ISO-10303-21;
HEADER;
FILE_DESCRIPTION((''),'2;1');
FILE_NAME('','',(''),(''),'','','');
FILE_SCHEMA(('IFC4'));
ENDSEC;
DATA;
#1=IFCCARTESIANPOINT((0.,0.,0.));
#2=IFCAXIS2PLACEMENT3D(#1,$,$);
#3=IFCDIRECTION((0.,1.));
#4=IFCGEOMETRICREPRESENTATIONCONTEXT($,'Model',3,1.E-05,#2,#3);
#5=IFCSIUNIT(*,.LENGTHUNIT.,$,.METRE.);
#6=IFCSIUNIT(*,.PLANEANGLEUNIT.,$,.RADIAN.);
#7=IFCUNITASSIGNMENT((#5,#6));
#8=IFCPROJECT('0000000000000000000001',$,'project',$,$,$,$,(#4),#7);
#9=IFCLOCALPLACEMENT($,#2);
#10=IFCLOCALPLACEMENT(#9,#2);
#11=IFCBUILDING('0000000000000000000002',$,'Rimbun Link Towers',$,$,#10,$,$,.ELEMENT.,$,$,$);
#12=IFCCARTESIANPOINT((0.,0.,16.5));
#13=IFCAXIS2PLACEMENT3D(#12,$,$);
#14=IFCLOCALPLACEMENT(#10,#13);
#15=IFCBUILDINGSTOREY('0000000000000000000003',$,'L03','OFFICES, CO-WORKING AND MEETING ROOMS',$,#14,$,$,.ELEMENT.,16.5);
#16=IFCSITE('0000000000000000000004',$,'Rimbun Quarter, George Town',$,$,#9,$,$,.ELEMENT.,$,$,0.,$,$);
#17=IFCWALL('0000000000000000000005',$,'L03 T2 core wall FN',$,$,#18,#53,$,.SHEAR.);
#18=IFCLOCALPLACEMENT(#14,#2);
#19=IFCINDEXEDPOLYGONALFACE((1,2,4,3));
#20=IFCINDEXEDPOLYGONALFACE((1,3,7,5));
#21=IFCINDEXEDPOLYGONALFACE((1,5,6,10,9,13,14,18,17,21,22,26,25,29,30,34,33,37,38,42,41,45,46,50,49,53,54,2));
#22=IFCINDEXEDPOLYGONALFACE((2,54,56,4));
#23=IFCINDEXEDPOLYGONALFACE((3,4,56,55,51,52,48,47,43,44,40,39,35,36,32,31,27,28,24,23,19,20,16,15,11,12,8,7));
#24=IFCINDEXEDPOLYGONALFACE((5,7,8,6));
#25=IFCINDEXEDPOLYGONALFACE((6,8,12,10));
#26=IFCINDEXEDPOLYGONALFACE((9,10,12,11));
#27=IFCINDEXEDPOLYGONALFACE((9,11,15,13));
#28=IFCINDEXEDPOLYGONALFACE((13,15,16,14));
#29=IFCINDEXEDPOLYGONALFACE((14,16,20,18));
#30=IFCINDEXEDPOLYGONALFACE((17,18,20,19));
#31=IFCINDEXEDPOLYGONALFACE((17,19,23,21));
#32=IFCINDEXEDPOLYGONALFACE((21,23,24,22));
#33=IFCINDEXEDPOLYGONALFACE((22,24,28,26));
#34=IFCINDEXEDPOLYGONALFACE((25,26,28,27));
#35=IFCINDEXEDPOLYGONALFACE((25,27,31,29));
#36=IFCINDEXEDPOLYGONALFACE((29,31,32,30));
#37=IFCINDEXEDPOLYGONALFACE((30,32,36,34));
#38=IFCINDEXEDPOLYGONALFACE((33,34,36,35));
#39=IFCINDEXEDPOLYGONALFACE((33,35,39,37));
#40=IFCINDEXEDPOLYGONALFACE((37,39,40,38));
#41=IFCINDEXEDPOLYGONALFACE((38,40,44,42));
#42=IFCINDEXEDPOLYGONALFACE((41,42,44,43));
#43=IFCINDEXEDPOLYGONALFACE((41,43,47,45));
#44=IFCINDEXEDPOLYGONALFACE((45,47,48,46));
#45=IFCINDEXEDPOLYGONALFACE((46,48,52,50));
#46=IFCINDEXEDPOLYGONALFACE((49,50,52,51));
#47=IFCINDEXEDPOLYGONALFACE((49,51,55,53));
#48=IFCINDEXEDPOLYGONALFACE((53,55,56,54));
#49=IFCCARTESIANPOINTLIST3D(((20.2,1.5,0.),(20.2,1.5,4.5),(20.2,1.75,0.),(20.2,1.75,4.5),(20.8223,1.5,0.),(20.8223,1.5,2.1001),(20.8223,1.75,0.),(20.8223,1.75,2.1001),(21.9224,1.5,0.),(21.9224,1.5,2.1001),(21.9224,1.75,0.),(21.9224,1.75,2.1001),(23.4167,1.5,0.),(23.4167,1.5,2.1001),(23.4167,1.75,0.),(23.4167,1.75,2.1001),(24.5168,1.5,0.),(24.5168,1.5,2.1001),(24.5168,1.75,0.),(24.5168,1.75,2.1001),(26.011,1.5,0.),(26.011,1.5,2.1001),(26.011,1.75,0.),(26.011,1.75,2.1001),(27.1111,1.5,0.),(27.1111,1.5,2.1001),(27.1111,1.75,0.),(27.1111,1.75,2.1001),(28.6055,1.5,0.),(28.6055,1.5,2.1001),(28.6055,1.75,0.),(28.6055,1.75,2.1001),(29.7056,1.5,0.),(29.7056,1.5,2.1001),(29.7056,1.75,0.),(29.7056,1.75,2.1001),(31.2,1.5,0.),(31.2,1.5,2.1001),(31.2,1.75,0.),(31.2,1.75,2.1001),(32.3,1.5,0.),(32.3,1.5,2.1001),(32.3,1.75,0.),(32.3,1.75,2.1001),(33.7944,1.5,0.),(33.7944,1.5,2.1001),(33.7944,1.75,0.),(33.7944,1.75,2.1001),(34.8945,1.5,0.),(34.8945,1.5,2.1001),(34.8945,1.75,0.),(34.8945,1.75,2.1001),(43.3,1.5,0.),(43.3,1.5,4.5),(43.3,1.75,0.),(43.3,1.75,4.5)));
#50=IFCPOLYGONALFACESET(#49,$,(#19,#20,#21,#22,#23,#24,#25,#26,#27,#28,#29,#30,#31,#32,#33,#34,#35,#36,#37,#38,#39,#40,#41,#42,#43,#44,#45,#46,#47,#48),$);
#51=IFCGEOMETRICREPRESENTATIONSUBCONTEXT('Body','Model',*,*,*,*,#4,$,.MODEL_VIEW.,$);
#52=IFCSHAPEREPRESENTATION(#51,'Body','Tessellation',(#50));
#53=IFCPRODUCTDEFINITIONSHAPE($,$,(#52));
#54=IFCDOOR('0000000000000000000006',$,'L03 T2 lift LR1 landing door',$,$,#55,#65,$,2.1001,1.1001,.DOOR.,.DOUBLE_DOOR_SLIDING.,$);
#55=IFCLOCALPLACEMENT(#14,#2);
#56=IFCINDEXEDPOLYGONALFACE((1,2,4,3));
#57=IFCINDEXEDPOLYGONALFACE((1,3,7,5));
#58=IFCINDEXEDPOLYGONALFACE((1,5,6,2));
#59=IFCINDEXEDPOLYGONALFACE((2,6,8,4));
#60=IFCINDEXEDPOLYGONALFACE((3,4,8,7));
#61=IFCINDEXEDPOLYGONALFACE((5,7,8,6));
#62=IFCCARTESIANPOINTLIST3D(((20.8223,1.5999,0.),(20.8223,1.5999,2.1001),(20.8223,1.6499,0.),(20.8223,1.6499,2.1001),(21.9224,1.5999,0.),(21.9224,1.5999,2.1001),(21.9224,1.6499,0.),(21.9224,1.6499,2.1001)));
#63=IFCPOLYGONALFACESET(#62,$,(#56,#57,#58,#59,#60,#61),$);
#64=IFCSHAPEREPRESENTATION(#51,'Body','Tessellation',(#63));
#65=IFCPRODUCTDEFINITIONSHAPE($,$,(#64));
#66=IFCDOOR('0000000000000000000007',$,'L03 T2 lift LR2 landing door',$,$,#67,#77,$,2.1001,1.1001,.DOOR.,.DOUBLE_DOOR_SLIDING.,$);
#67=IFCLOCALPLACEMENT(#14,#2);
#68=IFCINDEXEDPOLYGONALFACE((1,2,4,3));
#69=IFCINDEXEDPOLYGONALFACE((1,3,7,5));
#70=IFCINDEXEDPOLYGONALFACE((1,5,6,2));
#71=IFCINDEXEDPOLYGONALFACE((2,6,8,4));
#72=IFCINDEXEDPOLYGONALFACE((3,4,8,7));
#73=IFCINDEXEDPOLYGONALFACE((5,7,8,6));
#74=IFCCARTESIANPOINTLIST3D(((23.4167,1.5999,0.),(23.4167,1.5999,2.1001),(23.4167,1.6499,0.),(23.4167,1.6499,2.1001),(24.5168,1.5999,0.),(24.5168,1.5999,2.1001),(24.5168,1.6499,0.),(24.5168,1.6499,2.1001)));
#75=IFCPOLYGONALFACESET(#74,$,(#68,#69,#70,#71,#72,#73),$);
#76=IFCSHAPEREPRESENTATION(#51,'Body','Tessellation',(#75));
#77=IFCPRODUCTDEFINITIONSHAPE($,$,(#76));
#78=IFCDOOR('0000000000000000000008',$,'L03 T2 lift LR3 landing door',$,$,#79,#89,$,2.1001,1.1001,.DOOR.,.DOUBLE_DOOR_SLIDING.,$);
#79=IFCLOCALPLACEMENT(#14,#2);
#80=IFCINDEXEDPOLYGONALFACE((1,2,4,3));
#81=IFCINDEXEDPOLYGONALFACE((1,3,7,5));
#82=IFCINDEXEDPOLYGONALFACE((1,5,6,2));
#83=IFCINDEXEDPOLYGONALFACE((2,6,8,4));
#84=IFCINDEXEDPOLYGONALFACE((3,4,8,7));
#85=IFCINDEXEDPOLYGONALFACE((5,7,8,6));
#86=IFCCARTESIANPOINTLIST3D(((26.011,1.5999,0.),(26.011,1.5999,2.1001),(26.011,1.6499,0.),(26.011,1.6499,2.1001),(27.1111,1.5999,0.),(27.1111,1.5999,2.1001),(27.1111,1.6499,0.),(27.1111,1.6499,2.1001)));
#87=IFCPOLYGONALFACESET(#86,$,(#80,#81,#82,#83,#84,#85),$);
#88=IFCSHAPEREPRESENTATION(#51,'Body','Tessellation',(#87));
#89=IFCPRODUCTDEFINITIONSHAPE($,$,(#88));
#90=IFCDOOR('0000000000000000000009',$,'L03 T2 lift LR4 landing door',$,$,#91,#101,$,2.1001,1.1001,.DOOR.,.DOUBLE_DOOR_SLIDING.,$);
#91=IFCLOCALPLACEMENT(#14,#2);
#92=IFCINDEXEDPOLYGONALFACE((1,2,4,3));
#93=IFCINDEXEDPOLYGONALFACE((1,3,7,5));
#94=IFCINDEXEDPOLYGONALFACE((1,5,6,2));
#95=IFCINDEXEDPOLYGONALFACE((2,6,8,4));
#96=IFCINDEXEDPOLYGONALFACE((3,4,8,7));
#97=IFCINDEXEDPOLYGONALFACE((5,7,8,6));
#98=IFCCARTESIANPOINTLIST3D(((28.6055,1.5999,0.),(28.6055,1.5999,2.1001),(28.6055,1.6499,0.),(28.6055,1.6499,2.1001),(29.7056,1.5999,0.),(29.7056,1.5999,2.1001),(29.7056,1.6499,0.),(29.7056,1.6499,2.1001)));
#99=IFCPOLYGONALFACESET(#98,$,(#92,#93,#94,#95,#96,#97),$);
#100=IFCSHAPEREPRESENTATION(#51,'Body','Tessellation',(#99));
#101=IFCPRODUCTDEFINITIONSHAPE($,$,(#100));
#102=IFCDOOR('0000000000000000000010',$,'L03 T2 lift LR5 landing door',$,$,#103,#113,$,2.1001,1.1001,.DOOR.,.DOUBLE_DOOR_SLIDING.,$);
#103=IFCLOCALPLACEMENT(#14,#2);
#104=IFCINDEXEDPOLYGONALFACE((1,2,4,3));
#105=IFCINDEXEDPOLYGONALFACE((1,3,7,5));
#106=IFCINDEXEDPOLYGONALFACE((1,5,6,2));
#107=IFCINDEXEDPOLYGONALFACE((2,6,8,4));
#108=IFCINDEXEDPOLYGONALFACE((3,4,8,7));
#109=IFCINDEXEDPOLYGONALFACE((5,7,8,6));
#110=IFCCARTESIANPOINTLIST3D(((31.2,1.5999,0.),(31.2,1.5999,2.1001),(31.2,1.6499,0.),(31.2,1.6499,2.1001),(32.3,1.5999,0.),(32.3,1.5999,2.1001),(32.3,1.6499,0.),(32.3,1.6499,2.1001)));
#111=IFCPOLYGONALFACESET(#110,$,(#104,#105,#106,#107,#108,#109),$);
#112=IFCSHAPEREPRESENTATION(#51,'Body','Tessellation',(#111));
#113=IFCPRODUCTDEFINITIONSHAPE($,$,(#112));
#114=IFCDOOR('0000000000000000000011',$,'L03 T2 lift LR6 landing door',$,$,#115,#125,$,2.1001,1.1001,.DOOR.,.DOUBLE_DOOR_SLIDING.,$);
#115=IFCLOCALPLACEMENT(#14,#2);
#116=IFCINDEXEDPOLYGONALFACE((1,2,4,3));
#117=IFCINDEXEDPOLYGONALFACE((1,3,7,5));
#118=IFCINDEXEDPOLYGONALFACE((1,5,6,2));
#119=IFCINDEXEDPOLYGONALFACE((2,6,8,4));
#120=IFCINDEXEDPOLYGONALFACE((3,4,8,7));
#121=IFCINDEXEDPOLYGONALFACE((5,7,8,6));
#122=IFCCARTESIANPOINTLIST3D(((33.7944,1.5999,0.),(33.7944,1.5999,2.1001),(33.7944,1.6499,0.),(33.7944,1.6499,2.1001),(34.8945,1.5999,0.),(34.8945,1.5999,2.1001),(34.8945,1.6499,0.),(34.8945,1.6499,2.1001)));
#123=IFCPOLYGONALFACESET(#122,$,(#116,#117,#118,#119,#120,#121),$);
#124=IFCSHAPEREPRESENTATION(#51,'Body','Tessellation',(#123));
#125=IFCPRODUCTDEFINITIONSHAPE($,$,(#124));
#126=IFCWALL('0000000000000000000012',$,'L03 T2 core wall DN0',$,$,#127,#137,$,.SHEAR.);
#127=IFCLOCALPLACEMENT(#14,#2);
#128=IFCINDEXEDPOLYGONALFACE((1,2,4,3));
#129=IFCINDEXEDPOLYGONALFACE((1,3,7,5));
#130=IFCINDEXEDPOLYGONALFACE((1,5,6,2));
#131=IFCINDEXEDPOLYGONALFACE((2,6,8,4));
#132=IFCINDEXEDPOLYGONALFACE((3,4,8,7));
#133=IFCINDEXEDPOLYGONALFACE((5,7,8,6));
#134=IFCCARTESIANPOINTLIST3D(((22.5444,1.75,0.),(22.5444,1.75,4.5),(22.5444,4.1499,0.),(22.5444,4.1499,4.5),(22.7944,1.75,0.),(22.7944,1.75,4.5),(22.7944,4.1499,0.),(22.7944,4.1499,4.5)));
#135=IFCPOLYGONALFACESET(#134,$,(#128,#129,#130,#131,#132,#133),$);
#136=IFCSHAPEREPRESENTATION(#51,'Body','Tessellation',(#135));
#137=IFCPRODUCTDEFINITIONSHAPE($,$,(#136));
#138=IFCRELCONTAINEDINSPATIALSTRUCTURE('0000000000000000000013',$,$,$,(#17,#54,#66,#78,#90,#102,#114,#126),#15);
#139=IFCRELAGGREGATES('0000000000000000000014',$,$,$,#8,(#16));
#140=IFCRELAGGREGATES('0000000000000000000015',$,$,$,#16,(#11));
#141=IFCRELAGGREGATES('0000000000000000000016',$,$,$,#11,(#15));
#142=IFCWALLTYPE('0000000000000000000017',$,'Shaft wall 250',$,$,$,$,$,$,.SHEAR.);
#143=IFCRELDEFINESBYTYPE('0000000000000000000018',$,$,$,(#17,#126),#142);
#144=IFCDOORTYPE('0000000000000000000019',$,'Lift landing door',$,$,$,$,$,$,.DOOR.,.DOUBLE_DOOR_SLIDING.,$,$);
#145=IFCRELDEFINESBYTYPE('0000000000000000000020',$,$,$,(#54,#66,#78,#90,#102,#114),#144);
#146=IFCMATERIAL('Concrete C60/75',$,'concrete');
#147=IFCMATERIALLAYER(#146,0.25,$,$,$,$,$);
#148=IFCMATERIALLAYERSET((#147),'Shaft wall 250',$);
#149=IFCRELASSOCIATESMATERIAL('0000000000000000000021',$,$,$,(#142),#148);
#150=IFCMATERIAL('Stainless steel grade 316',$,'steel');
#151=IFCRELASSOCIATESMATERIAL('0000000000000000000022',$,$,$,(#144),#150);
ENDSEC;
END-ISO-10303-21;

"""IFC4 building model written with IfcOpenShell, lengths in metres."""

from ifc_helpers import new_model, si_unit, direction, frame, frame_2d, origin, place, context, subcontext, project, spatial, rectangle, extrude, material, layer, layer_set, type_object, element, fill, save


model = new_model("IFC4")

# Units and contexts
model_context = context("Model", 3, precision=1e-05, world=origin(), true_north=direction((0.0, 1.0)))
body_context = subcontext(model_context, "Body", "Model", "MODEL_VIEW")
ifc_project = project(units=[si_unit("LENGTHUNIT", "METRE"), si_unit("PLANEANGLEUNIT", "RADIAN")], contexts=[model_context])

# Site, building, storey
site_placement = place(None, origin())
site = spatial("IfcSite", under=ifc_project, at=site_placement, Name="Rimbun Quarter, George Town", CompositionType="ELEMENT", RefElevation=0.0)
building_placement = place(site_placement, origin())
building = spatial("IfcBuilding", under=site, at=building_placement, Name="Rimbun Link Towers", CompositionType="ELEMENT")
storey_placement = place(building_placement, frame((0.0, 0.0, 16.5)))
storey = spatial("IfcBuildingStorey", under=building, at=storey_placement, Name="L03", Description="OFFICES, CO-WORKING AND MEETING ROOMS", CompositionType="ELEMENT", Elevation=16.5)

# Shared definitions
ifc_material_1 = material(Name="Concrete C60/75", Category="concrete")
ifc_layer_1 = layer(ifc_material_1, 0.25)
ifc_layer_set_1 = layer_set([ifc_layer_1], Name="Shaft wall 250")
wall_type_1 = type_object("IfcWallType", Name="Shaft wall 250", PredefinedType="SHEAR", material=ifc_layer_set_1)

# Wall, openings, doors
wall_1_placement = place(storey_placement, frame((20.2, 1.625, 0.0), z_axis=(0.0, 0.0, 1.0), x_axis=(1.0, 0.0, 0.0)))
wall_1 = element("IfcWall", 1, at=wall_1_placement, inside=storey, type_object=wall_type_1, Name="L03 T2 core wall FN", PredefinedType="SHEAR", context=body_context, shape_type="SweptSolid", body=[
    extrude(rectangle(XDim=23.1001, YDim=0.25, at=frame_2d((11.55, 0.0))), origin(), (0.0, 0.0, 1.0), 4.5),
])
opening_1_placement = place(wall_1_placement, frame((0.6223, 0.0, 0.0)))
opening_1 = element("IfcOpeningElement", 2, at=opening_1_placement, cuts=wall_1, PredefinedType="OPENING", context=body_context, shape_type="SweptSolid", body=[
    extrude(rectangle(XDim=1.1001, YDim=2.1001, at=frame_2d((0.55, 1.05))), frame((0.0, 0.135, 0.0), z_axis=(0.0, -1.0, 0.0), x_axis=(1.0, 0.0, 0.0)), (0.0, 0.0, 1.0), 0.27),
])
opening_2_placement = place(wall_1_placement, frame((3.2168, 0.0, 0.0)))
opening_2 = element("IfcOpeningElement", 3, at=opening_2_placement, cuts=wall_1, PredefinedType="OPENING", context=body_context, shape_type="SweptSolid", body=[
    extrude(rectangle(XDim=1.1001, YDim=2.1001, at=frame_2d((0.55, 1.05))), frame((0.0, 0.135, 0.0), z_axis=(0.0, -1.0, 0.0), x_axis=(1.0, 0.0, 0.0)), (0.0, 0.0, 1.0), 0.27),
])
opening_3_placement = place(wall_1_placement, frame((5.811, 0.0, 0.0)))
opening_3 = element("IfcOpeningElement", 4, at=opening_3_placement, cuts=wall_1, PredefinedType="OPENING", context=body_context, shape_type="SweptSolid", body=[
    extrude(rectangle(XDim=1.1001, YDim=2.1001, at=frame_2d((0.55, 1.05))), frame((0.0, 0.135, 0.0), z_axis=(0.0, -1.0, 0.0), x_axis=(1.0, 0.0, 0.0)), (0.0, 0.0, 1.0), 0.27),
])
opening_4_placement = place(wall_1_placement, frame((8.4055, 0.0, 0.0)))
opening_4 = element("IfcOpeningElement", 5, at=opening_4_placement, cuts=wall_1, PredefinedType="OPENING", context=body_context, shape_type="SweptSolid", body=[
    extrude(rectangle(XDim=1.1001, YDim=2.1001, at=frame_2d((0.55, 1.05))), frame((0.0, 0.135, 0.0), z_axis=(0.0, -1.0, 0.0), x_axis=(1.0, 0.0, 0.0)), (0.0, 0.0, 1.0), 0.27),
])
opening_5_placement = place(wall_1_placement, frame((11.0, 0.0, 0.0)))
opening_5 = element("IfcOpeningElement", 6, at=opening_5_placement, cuts=wall_1, PredefinedType="OPENING", context=body_context, shape_type="SweptSolid", body=[
    extrude(rectangle(XDim=1.1001, YDim=2.1001, at=frame_2d((0.55, 1.05))), frame((0.0, 0.135, 0.0), z_axis=(0.0, -1.0, 0.0), x_axis=(1.0, 0.0, 0.0)), (0.0, 0.0, 1.0), 0.27),
])
opening_6_placement = place(wall_1_placement, frame((13.5945, 0.0, 0.0)))
opening_6 = element("IfcOpeningElement", 7, at=opening_6_placement, cuts=wall_1, PredefinedType="OPENING", context=body_context, shape_type="SweptSolid", body=[
    extrude(rectangle(XDim=1.1001, YDim=2.1001, at=frame_2d((0.55, 1.05))), frame((0.0, 0.135, 0.0), z_axis=(0.0, -1.0, 0.0), x_axis=(1.0, 0.0, 0.0)), (0.0, 0.0, 1.0), 0.27),
])
ifc_material_2 = material(Name="Stainless steel grade 316", Category="steel")
door_type_1 = type_object("IfcDoorType", Name="Lift landing door", OperationType="DOUBLE_DOOR_SLIDING", PredefinedType="DOOR", material=ifc_material_2)
door_1_placement = place(opening_1_placement, origin())
door_1 = element("IfcDoor", 8, at=door_1_placement, inside=storey, type_object=door_type_1, Name="L03 T2 lift LR1 landing door", OperationType="DOUBLE_DOOR_SLIDING", OverallHeight=2.1001, OverallWidth=1.1001, PredefinedType="DOOR", context=body_context, shape_type="SweptSolid", body=[
    extrude(rectangle(XDim=1.1001, YDim=2.1001, at=frame_2d((0.55, 1.05))), frame((0.0, 0.0249, 0.0), z_axis=(0.0, -1.0, 0.0), x_axis=(1.0, 0.0, 0.0)), (0.0, 0.0, 1.0), 0.05),
])
fill(opening_1, door_1)
door_2_placement = place(opening_2_placement, origin())
door_2 = element("IfcDoor", 9, at=door_2_placement, inside=storey, type_object=door_type_1, Name="L03 T2 lift LR2 landing door", OperationType="DOUBLE_DOOR_SLIDING", OverallHeight=2.1001, OverallWidth=1.1001, PredefinedType="DOOR", context=body_context, shape_type="SweptSolid", body=[
    extrude(rectangle(XDim=1.1001, YDim=2.1001, at=frame_2d((0.55, 1.05))), frame((0.0, 0.0249, 0.0), z_axis=(0.0, -1.0, 0.0), x_axis=(1.0, 0.0, 0.0)), (0.0, 0.0, 1.0), 0.05),
])
fill(opening_2, door_2)
door_3_placement = place(opening_3_placement, origin())
door_3 = element("IfcDoor", 10, at=door_3_placement, inside=storey, type_object=door_type_1, Name="L03 T2 lift LR3 landing door", OperationType="DOUBLE_DOOR_SLIDING", OverallHeight=2.1001, OverallWidth=1.1001, PredefinedType="DOOR", context=body_context, shape_type="SweptSolid", body=[
    extrude(rectangle(XDim=1.1001, YDim=2.1001, at=frame_2d((0.55, 1.05))), frame((0.0, 0.0249, 0.0), z_axis=(0.0, -1.0, 0.0), x_axis=(1.0, 0.0, 0.0)), (0.0, 0.0, 1.0), 0.05),
])
fill(opening_3, door_3)
door_4_placement = place(opening_4_placement, origin())
door_4 = element("IfcDoor", 11, at=door_4_placement, inside=storey, type_object=door_type_1, Name="L03 T2 lift LR4 landing door", OperationType="DOUBLE_DOOR_SLIDING", OverallHeight=2.1001, OverallWidth=1.1001, PredefinedType="DOOR", context=body_context, shape_type="SweptSolid", body=[
    extrude(rectangle(XDim=1.1001, YDim=2.1001, at=frame_2d((0.55, 1.05))), frame((0.0, 0.0249, 0.0), z_axis=(0.0, -1.0, 0.0), x_axis=(1.0, 0.0, 0.0)), (0.0, 0.0, 1.0), 0.05),
])
fill(opening_4, door_4)
door_5_placement = place(opening_5_placement, origin())
door_5 = element("IfcDoor", 12, at=door_5_placement, inside=storey, type_object=door_type_1, Name="L03 T2 lift LR5 landing door", OperationType="DOUBLE_DOOR_SLIDING", OverallHeight=2.1001, OverallWidth=1.1001, PredefinedType="DOOR", context=body_context, shape_type="SweptSolid", body=[
    extrude(rectangle(XDim=1.1001, YDim=2.1001, at=frame_2d((0.55, 1.05))), frame((0.0, 0.0249, 0.0), z_axis=(0.0, -1.0, 0.0), x_axis=(1.0, 0.0, 0.0)), (0.0, 0.0, 1.0), 0.05),
])
fill(opening_5, door_5)
door_6_placement = place(opening_6_placement, origin())
door_6 = element("IfcDoor", 13, at=door_6_placement, inside=storey, type_object=door_type_1, Name="L03 T2 lift LR6 landing door", OperationType="DOUBLE_DOOR_SLIDING", OverallHeight=2.1001, OverallWidth=1.1001, PredefinedType="DOOR", context=body_context, shape_type="SweptSolid", body=[
    extrude(rectangle(XDim=1.1001, YDim=2.1001, at=frame_2d((0.55, 1.05))), frame((0.0, 0.0249, 0.0), z_axis=(0.0, -1.0, 0.0), x_axis=(1.0, 0.0, 0.0)), (0.0, 0.0, 1.0), 0.05),
])
fill(opening_6, door_6)

# Wall
wall_2_placement = place(storey_placement, frame((22.6694, 1.75, 0.0), z_axis=(0.0, 0.0, 1.0), x_axis=(0.0, 1.0, 0.0)))
element("IfcWall", 14, at=wall_2_placement, inside=storey, type_object=wall_type_1, Name="L03 T2 core wall DN0", PredefinedType="SHEAR", context=body_context, shape_type="SweptSolid", body=[
    extrude(rectangle(XDim=2.3999, YDim=0.25, at=frame_2d((1.2, 0.0))), origin(), (0.0, 0.0, 1.0), 4.5),
])

save(model, "model.ifc")
